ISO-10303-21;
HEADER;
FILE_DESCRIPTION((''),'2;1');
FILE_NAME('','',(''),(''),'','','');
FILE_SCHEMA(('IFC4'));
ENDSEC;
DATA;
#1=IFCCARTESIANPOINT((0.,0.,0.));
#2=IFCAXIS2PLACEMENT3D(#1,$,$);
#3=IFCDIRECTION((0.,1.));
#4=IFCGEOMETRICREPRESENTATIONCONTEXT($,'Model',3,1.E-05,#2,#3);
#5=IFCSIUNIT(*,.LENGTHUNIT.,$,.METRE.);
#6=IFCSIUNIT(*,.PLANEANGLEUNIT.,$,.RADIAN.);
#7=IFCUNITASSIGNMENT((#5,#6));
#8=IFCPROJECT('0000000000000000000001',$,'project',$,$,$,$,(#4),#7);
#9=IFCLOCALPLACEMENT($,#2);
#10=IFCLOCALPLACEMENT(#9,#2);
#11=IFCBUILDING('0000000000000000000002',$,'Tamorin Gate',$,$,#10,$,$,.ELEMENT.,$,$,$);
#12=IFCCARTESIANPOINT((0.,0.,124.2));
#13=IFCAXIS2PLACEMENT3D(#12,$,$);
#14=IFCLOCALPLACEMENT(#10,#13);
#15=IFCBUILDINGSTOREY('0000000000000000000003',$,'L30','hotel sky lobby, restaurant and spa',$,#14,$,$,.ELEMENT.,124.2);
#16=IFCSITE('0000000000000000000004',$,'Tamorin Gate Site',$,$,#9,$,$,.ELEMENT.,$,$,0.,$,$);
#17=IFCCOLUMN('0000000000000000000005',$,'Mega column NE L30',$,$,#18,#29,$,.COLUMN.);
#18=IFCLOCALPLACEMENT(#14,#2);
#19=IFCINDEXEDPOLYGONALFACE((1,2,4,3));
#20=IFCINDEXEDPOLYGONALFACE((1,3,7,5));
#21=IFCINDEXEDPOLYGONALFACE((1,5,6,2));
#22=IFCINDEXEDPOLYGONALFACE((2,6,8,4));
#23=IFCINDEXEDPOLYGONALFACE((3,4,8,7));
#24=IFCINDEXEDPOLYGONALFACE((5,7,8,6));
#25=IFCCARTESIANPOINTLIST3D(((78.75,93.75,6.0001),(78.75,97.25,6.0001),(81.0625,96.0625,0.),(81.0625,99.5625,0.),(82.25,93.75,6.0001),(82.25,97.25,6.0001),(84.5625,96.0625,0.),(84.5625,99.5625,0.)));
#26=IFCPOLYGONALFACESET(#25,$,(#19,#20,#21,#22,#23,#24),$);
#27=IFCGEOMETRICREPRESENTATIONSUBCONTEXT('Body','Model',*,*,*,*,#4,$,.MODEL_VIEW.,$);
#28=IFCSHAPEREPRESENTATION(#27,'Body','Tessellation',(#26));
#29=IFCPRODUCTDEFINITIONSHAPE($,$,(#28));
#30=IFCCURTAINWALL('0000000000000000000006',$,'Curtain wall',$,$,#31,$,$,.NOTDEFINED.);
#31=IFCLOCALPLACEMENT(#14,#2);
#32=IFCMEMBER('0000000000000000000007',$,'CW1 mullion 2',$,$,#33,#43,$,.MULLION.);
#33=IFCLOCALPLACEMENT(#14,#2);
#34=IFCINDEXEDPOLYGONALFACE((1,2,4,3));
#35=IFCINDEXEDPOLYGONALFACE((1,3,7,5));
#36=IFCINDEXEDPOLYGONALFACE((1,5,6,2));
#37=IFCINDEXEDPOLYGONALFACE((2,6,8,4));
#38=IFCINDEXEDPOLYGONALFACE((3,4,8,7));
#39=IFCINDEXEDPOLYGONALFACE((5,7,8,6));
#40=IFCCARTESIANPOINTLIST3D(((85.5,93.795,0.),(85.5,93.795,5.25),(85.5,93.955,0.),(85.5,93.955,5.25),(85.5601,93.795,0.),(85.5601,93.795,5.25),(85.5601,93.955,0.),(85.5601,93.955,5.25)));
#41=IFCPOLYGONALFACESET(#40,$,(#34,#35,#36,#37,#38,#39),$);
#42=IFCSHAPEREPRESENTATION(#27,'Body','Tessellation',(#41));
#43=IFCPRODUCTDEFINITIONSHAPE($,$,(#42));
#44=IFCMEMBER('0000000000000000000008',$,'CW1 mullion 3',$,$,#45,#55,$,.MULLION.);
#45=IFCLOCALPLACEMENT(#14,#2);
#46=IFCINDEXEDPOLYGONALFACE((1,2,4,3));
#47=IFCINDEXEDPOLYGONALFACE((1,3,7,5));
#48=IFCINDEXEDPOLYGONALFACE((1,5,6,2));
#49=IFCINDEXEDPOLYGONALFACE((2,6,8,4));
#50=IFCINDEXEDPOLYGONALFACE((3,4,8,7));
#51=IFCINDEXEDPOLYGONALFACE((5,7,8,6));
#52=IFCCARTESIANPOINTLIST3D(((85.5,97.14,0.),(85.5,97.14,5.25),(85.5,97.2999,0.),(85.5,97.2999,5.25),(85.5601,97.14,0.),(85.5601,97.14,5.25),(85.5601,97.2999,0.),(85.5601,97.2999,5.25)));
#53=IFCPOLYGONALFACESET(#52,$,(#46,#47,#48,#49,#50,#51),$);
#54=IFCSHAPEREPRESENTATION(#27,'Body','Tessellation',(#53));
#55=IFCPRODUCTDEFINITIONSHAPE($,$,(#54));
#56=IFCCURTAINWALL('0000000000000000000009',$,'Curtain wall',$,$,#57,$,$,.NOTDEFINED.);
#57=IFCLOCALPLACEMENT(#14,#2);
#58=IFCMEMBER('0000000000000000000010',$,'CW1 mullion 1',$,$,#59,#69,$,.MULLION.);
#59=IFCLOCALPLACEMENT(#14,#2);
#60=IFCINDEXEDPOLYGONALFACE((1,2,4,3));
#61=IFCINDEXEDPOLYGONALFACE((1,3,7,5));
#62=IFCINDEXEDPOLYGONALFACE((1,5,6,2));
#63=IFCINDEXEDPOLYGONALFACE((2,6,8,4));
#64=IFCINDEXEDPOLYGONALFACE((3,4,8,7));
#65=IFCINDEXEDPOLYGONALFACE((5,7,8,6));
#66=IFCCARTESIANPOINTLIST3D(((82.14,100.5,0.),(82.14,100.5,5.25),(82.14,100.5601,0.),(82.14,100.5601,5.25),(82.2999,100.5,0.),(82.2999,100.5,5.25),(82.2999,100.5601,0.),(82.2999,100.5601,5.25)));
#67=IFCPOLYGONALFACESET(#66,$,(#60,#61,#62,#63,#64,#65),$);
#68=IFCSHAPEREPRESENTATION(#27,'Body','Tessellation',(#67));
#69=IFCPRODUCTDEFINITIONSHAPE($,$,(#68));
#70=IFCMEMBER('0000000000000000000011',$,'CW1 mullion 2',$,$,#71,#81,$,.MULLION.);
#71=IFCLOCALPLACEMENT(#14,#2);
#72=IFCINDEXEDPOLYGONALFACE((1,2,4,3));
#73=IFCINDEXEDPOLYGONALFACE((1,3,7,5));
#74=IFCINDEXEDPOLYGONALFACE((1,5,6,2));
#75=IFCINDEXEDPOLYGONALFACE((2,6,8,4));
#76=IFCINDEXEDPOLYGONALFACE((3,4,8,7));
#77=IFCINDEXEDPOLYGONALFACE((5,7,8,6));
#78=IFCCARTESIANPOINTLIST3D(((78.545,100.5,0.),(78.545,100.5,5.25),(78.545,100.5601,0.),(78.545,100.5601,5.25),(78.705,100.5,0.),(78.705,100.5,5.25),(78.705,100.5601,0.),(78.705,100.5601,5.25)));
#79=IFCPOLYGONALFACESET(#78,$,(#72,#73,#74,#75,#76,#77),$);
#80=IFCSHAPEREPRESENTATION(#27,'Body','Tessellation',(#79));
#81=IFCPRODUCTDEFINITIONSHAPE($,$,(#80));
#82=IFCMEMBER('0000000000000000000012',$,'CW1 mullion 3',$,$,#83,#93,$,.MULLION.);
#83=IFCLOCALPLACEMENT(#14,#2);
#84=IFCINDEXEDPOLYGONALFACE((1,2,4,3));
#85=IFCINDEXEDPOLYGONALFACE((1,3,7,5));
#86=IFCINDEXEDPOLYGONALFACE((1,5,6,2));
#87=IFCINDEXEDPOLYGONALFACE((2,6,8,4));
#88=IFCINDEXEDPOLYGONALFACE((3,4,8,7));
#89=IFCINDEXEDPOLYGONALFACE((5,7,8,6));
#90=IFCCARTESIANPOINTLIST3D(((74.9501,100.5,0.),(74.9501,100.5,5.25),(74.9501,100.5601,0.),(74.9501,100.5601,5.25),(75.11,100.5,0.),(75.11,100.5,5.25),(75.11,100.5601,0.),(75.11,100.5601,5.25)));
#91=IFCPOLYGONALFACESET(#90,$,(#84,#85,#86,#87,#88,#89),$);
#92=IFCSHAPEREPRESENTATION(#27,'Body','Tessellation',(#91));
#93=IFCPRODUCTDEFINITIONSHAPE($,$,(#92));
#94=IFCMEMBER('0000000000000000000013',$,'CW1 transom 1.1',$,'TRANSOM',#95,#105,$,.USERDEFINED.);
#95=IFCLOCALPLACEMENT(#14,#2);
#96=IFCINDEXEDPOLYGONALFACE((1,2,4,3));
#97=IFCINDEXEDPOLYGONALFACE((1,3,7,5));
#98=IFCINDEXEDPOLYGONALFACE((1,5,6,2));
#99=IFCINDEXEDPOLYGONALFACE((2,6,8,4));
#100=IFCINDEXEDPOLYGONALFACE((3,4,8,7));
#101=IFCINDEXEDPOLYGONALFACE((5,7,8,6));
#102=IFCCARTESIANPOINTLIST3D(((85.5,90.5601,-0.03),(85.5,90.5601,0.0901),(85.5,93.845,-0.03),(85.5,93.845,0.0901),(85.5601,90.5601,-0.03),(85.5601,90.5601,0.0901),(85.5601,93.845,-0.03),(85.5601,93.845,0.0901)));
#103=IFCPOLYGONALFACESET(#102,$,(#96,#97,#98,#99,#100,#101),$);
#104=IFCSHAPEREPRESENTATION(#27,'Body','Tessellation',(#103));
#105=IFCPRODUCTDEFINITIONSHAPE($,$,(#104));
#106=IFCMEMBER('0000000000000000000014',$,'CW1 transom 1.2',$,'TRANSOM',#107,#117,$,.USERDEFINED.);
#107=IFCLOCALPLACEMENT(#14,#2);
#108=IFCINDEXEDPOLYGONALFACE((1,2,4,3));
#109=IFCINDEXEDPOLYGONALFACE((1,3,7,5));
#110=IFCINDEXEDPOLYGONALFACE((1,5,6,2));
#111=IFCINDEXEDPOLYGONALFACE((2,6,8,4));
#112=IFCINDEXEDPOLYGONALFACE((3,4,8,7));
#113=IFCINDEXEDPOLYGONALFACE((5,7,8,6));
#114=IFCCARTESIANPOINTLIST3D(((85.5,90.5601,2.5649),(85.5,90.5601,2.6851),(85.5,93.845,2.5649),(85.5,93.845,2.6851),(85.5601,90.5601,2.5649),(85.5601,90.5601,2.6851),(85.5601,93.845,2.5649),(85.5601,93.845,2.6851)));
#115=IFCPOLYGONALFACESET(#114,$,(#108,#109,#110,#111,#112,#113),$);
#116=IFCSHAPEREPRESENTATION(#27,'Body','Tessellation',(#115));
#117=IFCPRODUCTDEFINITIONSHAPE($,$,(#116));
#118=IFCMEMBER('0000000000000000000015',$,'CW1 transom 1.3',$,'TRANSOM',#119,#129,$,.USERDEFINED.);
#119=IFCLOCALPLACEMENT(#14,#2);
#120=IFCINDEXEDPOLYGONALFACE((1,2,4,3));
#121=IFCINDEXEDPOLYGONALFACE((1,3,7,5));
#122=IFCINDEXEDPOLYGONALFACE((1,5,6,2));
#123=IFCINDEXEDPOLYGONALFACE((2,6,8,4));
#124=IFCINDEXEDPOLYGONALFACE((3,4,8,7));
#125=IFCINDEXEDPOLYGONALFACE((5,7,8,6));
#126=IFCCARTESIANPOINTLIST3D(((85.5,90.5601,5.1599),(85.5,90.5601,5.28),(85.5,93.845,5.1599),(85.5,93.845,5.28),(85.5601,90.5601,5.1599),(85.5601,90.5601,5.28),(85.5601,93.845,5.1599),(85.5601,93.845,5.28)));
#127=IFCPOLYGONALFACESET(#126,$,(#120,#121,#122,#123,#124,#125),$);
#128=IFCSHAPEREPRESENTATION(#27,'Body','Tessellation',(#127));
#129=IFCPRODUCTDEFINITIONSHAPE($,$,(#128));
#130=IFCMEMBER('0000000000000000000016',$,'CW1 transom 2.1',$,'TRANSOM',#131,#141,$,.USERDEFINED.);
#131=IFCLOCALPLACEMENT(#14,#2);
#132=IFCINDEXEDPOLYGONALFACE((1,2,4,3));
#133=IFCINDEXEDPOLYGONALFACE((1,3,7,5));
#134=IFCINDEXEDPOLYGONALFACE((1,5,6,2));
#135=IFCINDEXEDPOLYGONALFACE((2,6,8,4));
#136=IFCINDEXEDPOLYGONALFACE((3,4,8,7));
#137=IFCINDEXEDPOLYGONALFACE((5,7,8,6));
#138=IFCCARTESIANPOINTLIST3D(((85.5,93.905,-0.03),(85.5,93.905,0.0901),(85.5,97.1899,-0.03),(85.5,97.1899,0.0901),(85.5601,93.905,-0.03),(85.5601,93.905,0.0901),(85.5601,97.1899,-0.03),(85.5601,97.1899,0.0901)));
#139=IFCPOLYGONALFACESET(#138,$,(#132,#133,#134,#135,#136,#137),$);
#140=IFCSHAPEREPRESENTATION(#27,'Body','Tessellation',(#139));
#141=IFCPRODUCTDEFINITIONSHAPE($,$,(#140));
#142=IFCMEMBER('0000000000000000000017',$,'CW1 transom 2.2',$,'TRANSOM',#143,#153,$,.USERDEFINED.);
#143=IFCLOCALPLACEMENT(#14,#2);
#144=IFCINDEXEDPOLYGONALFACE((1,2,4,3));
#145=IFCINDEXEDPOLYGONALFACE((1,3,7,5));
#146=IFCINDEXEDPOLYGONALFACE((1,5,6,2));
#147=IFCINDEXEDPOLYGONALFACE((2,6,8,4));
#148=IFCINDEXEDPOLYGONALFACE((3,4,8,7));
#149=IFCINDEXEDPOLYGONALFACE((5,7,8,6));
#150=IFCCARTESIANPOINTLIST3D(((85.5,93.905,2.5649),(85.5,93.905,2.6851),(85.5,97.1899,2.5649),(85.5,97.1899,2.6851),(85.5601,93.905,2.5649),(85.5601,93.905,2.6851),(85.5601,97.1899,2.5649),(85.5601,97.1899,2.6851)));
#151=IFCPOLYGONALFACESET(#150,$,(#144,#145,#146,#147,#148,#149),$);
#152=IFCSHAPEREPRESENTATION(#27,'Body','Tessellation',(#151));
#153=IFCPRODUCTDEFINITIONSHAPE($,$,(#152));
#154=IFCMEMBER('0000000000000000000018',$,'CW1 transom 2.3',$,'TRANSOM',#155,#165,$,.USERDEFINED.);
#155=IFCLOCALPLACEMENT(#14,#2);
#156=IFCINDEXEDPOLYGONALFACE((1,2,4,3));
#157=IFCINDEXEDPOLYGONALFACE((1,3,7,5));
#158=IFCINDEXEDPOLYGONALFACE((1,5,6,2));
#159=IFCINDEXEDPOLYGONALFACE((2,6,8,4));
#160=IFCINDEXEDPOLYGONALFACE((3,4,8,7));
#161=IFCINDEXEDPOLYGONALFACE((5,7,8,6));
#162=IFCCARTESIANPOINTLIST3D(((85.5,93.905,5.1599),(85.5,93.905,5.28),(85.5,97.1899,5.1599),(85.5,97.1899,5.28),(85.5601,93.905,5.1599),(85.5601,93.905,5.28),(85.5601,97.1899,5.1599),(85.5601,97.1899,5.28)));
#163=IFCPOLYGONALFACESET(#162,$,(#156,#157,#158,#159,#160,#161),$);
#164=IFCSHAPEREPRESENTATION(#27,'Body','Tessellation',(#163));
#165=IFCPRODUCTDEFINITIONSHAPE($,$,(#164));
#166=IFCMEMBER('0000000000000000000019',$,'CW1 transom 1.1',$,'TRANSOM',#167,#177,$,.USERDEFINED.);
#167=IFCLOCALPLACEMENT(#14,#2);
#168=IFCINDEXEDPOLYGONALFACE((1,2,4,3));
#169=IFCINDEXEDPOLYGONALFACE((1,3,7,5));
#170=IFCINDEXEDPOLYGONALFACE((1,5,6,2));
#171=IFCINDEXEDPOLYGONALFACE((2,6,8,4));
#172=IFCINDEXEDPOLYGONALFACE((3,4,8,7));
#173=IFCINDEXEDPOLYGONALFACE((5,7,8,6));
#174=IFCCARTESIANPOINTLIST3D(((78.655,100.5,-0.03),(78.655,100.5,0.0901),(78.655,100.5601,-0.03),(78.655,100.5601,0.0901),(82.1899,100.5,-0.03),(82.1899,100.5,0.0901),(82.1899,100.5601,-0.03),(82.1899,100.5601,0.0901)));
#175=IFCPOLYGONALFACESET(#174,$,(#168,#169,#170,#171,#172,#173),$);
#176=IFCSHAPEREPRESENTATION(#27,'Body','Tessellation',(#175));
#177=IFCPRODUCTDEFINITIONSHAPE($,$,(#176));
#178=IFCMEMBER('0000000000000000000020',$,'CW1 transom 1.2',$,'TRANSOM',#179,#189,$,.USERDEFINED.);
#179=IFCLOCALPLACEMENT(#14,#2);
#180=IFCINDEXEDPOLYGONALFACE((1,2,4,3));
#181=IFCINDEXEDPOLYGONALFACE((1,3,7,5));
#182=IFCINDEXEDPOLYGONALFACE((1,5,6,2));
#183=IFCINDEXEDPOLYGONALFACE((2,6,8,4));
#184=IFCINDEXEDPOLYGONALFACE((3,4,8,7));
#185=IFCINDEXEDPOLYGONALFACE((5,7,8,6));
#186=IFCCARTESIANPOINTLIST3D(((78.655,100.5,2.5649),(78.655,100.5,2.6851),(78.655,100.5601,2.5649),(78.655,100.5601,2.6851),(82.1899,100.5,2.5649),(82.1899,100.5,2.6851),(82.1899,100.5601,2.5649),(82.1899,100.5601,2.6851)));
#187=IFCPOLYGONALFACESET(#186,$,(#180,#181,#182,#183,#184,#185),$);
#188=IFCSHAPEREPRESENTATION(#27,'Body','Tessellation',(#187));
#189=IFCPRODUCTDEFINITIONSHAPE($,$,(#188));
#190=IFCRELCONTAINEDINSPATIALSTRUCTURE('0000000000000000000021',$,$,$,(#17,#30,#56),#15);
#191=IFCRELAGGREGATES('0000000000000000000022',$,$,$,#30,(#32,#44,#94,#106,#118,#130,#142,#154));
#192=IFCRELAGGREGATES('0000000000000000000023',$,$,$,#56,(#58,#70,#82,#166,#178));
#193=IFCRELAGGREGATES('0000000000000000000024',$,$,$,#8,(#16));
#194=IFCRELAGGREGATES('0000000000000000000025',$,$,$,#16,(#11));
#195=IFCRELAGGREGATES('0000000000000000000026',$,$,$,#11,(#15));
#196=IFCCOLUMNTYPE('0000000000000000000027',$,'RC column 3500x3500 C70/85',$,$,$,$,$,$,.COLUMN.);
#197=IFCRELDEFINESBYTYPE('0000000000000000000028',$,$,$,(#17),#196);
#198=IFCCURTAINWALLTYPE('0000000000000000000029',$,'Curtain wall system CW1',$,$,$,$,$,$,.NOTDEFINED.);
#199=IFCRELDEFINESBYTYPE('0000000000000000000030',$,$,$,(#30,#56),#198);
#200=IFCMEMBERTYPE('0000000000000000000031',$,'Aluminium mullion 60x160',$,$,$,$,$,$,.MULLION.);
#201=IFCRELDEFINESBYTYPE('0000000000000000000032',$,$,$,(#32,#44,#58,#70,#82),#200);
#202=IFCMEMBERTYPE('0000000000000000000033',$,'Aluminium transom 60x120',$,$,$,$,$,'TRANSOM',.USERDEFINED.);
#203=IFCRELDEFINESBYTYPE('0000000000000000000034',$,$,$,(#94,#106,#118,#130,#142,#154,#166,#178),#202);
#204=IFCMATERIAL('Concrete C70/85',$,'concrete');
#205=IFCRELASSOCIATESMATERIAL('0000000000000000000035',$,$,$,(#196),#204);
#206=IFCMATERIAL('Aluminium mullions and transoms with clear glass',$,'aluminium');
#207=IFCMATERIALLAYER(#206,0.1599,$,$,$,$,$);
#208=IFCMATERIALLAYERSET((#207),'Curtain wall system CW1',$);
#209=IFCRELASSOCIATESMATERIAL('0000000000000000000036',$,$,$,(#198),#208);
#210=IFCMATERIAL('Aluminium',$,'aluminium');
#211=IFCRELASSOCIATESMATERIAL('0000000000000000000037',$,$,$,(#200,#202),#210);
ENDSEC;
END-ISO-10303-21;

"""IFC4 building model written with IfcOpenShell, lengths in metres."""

from ifc_helpers import new_model, si_unit, direction, frame, origin, origin_2d, place, context, subcontext, project, spatial, rectangle, extrude, material, layer, layer_set, material_profile, profile_set, type_object, element, aggregate, save


model = new_model("IFC4")

# Units and contexts
model_context = context("Model", 3, precision=1e-05, world=origin(), true_north=direction((0.0, 1.0)))
body_context = subcontext(model_context, "Body", "Model", "MODEL_VIEW")
ifc_project = project(units=[si_unit("LENGTHUNIT", "METRE"), si_unit("PLANEANGLEUNIT", "RADIAN")], contexts=[model_context])

# Site, building, storey
site_placement = place(None, origin())
site = spatial("IfcSite", under=ifc_project, at=site_placement, Name="Tamorin Gate Site", CompositionType="ELEMENT", RefElevation=0.0)
building_placement = place(site_placement, origin())
building = spatial("IfcBuilding", under=site, at=building_placement, Name="Tamorin Gate", CompositionType="ELEMENT")
storey_placement = place(building_placement, frame((0.0, 0.0, 124.2)))
storey = spatial("IfcBuildingStorey", under=building, at=storey_placement, Name="L30", Description="hotel sky lobby, restaurant and spa", CompositionType="ELEMENT", Elevation=124.2)

# Column
ifc_material_1 = material(Name="Concrete C70/85", Category="concrete")
ifc_material_profile_1 = material_profile(ifc_material_1, rectangle(XDim=3.5, YDim=3.5, at=origin_2d()), Name="RC 3500x3500")
ifc_profile_set_1 = profile_set([ifc_material_profile_1], Name="Concrete C70/85")
column_type = type_object("IfcColumnType", Name="RC column 3500x3500 C70/85", PredefinedType="COLUMN", material=ifc_profile_set_1)
column_placement = place(storey_placement, frame((82.8125, 97.8125, 0.0), z_axis=(0.0, 0.0, 1.0), x_axis=(-1.0, 0.0, 0.0)))
element("IfcColumn", 1, at=column_placement, inside=storey, type_object=column_type, Name="Mega column NE L30", PredefinedType="COLUMN", context=body_context, shape_type="SweptSolid", body=[
    extrude(rectangle(XDim=3.5, YDim=3.5, at=origin_2d()), origin(), (0.338411, 0.338411, 0.878041), 6.8335),
])

# Curtain walls, members
ifc_material_2 = material(Name="Aluminium mullions and transoms with clear glass", Category="aluminium")
ifc_layer_1 = layer(ifc_material_2, 0.1599)
ifc_layer_set_1 = layer_set([ifc_layer_1], Name="Curtain wall system CW1")
curtain_wall_type = type_object("IfcCurtainWallType", Name="Curtain wall system CW1", PredefinedType="NOTDEFINED", material=ifc_layer_set_1)
curtain_wall_1_placement = place(storey_placement, origin())
curtain_wall_1 = element("IfcCurtainWall", 2, at=curtain_wall_1_placement, inside=storey, type_object=curtain_wall_type, Name="Curtain wall", PredefinedType="NOTDEFINED")
ifc_material_3 = material(Name="Aluminium", Category="aluminium")
ifc_material_profile_2 = material_profile(ifc_material_3, rectangle(XDim=0.0601, YDim=0.1599, at=origin_2d()), Name="RECT 60x160")
ifc_profile_set_2 = profile_set([ifc_material_profile_2], Name="Aluminium")
member_type_1 = type_object("IfcMemberType", Name="Aluminium mullion 60x160", PredefinedType="MULLION", material=ifc_profile_set_2)
member_1_placement = place(storey_placement, frame((85.53, 93.875, 0.0), z_axis=(0.0, 0.0, 1.0), x_axis=(-1.0, 0.0, 0.0)))
member_1 = element("IfcMember", 3, at=member_1_placement, type_object=member_type_1, Name="CW1 mullion 2", PredefinedType="MULLION", context=body_context, shape_type="SweptSolid", body=[
    extrude(rectangle(XDim=0.0601, YDim=0.1599, at=origin_2d()), origin(), (0.0, 0.0, 1.0), 5.25),
])
member_2_placement = place(storey_placement, frame((85.53, 97.22, 0.0), z_axis=(0.0, 0.0, 1.0), x_axis=(-1.0, 0.0, 0.0)))
member_2 = element("IfcMember", 4, at=member_2_placement, type_object=member_type_1, Name="CW1 mullion 3", PredefinedType="MULLION", context=body_context, shape_type="SweptSolid", body=[
    extrude(rectangle(XDim=0.0601, YDim=0.1599, at=origin_2d()), origin(), (0.0, 0.0, 1.0), 5.25),
])
curtain_wall_2_placement = place(storey_placement, origin())
curtain_wall_2 = element("IfcCurtainWall", 5, at=curtain_wall_2_placement, inside=storey, type_object=curtain_wall_type, Name="Curtain wall", PredefinedType="NOTDEFINED")
member_3_placement = place(storey_placement, frame((82.22, 100.53, 0.0), z_axis=(0.0, 0.0, 1.0), x_axis=(0.0, -1.0, 0.0)))
member_3 = element("IfcMember", 6, at=member_3_placement, type_object=member_type_1, Name="CW1 mullion 1", PredefinedType="MULLION", context=body_context, shape_type="SweptSolid", body=[
    extrude(rectangle(XDim=0.0601, YDim=0.1599, at=origin_2d()), origin(), (0.0, 0.0, 1.0), 5.25),
])
member_4_placement = place(storey_placement, frame((78.625, 100.53, 0.0), z_axis=(0.0, 0.0, 1.0), x_axis=(0.0, -1.0, 0.0)))
member_4 = element("IfcMember", 7, at=member_4_placement, type_object=member_type_1, Name="CW1 mullion 2", PredefinedType="MULLION", context=body_context, shape_type="SweptSolid", body=[
    extrude(rectangle(XDim=0.0601, YDim=0.1599, at=origin_2d()), origin(), (0.0, 0.0, 1.0), 5.25),
])
member_5_placement = place(storey_placement, frame((75.03, 100.53, 0.0), z_axis=(0.0, 0.0, 1.0), x_axis=(0.0, -1.0, 0.0)))
member_5 = element("IfcMember", 8, at=member_5_placement, type_object=member_type_1, Name="CW1 mullion 3", PredefinedType="MULLION", context=body_context, shape_type="SweptSolid", body=[
    extrude(rectangle(XDim=0.0601, YDim=0.1599, at=origin_2d()), origin(), (0.0, 0.0, 1.0), 5.25),
])

# Members
ifc_material_profile_3 = material_profile(ifc_material_3, rectangle(XDim=0.0601, YDim=0.1201, at=origin_2d()), Name="RECT 60x120")
ifc_profile_set_3 = profile_set([ifc_material_profile_3], Name="Aluminium")
member_type_2 = type_object("IfcMemberType", Name="Aluminium transom 60x120", ElementType="TRANSOM", PredefinedType="USERDEFINED", material=ifc_profile_set_3)
member_6_placement = place(storey_placement, frame((85.53, 90.5601, 0.03), z_axis=(0.0, 1.0, 0.0), x_axis=(-1.0, 0.0, 0.0)))
member_6 = element("IfcMember", 9, at=member_6_placement, type_object=member_type_2, Name="CW1 transom 1.1", ObjectType="TRANSOM", PredefinedType="USERDEFINED", context=body_context, shape_type="SweptSolid", body=[
    extrude(rectangle(XDim=0.0601, YDim=0.1201, at=origin_2d()), origin(), (0.0, 0.0, 1.0), 3.2849),
])
member_7_placement = place(storey_placement, frame((85.53, 90.5601, 2.625), z_axis=(0.0, 1.0, 0.0), x_axis=(-1.0, 0.0, 0.0)))
member_7 = element("IfcMember", 10, at=member_7_placement, type_object=member_type_2, Name="CW1 transom 1.2", ObjectType="TRANSOM", PredefinedType="USERDEFINED", context=body_context, shape_type="SweptSolid", body=[
    extrude(rectangle(XDim=0.0601, YDim=0.1201, at=origin_2d()), origin(), (0.0, 0.0, 1.0), 3.2849),
])
member_8_placement = place(storey_placement, frame((85.53, 90.5601, 5.22), z_axis=(0.0, 1.0, 0.0), x_axis=(-1.0, 0.0, 0.0)))
member_8 = element("IfcMember", 11, at=member_8_placement, type_object=member_type_2, Name="CW1 transom 1.3", ObjectType="TRANSOM", PredefinedType="USERDEFINED", context=body_context, shape_type="SweptSolid", body=[
    extrude(rectangle(XDim=0.0601, YDim=0.1201, at=origin_2d()), origin(), (0.0, 0.0, 1.0), 3.2849),
])
member_9_placement = place(storey_placement, frame((85.53, 93.905, 0.03), z_axis=(0.0, 1.0, 0.0), x_axis=(-1.0, 0.0, 0.0)))
member_9 = element("IfcMember", 12, at=member_9_placement, type_object=member_type_2, Name="CW1 transom 2.1", ObjectType="TRANSOM", PredefinedType="USERDEFINED", context=body_context, shape_type="SweptSolid", body=[
    extrude(rectangle(XDim=0.0601, YDim=0.1201, at=origin_2d()), origin(), (0.0, 0.0, 1.0), 3.2849),
])
member_10_placement = place(storey_placement, frame((85.53, 93.905, 2.625), z_axis=(0.0, 1.0, 0.0), x_axis=(-1.0, 0.0, 0.0)))
member_10 = element("IfcMember", 13, at=member_10_placement, type_object=member_type_2, Name="CW1 transom 2.2", ObjectType="TRANSOM", PredefinedType="USERDEFINED", context=body_context, shape_type="SweptSolid", body=[
    extrude(rectangle(XDim=0.0601, YDim=0.1201, at=origin_2d()), origin(), (0.0, 0.0, 1.0), 3.2849),
])
member_11_placement = place(storey_placement, frame((85.53, 93.905, 5.22), z_axis=(0.0, 1.0, 0.0), x_axis=(-1.0, 0.0, 0.0)))
member_11 = element("IfcMember", 14, at=member_11_placement, type_object=member_type_2, Name="CW1 transom 2.3", ObjectType="TRANSOM", PredefinedType="USERDEFINED", context=body_context, shape_type="SweptSolid", body=[
    extrude(rectangle(XDim=0.0601, YDim=0.1201, at=origin_2d()), origin(), (0.0, 0.0, 1.0), 3.2849),
])
member_12_placement = place(storey_placement, frame((82.1899, 100.53, 0.03), z_axis=(-1.0, 0.0, 0.0), x_axis=(0.0, -1.0, 0.0)))
member_12 = element("IfcMember", 15, at=member_12_placement, type_object=member_type_2, Name="CW1 transom 1.1", ObjectType="TRANSOM", PredefinedType="USERDEFINED", context=body_context, shape_type="SweptSolid", body=[
    extrude(rectangle(XDim=0.0601, YDim=0.1201, at=origin_2d()), origin(), (0.0, 0.0, 1.0), 3.5349),
])
member_13_placement = place(storey_placement, frame((82.1899, 100.53, 2.625), z_axis=(-1.0, 0.0, 0.0), x_axis=(0.0, -1.0, 0.0)))
member_13 = element("IfcMember", 16, at=member_13_placement, type_object=member_type_2, Name="CW1 transom 1.2", ObjectType="TRANSOM", PredefinedType="USERDEFINED", context=body_context, shape_type="SweptSolid", body=[
    extrude(rectangle(XDim=0.0601, YDim=0.1201, at=origin_2d()), origin(), (0.0, 0.0, 1.0), 3.5349),
])

aggregate(curtain_wall_1, [member_1, member_2, member_6, member_7, member_8, member_9, member_10, member_11])
aggregate(curtain_wall_2, [member_3, member_4, member_5, member_12, member_13])

save(model, "model.ifc")
